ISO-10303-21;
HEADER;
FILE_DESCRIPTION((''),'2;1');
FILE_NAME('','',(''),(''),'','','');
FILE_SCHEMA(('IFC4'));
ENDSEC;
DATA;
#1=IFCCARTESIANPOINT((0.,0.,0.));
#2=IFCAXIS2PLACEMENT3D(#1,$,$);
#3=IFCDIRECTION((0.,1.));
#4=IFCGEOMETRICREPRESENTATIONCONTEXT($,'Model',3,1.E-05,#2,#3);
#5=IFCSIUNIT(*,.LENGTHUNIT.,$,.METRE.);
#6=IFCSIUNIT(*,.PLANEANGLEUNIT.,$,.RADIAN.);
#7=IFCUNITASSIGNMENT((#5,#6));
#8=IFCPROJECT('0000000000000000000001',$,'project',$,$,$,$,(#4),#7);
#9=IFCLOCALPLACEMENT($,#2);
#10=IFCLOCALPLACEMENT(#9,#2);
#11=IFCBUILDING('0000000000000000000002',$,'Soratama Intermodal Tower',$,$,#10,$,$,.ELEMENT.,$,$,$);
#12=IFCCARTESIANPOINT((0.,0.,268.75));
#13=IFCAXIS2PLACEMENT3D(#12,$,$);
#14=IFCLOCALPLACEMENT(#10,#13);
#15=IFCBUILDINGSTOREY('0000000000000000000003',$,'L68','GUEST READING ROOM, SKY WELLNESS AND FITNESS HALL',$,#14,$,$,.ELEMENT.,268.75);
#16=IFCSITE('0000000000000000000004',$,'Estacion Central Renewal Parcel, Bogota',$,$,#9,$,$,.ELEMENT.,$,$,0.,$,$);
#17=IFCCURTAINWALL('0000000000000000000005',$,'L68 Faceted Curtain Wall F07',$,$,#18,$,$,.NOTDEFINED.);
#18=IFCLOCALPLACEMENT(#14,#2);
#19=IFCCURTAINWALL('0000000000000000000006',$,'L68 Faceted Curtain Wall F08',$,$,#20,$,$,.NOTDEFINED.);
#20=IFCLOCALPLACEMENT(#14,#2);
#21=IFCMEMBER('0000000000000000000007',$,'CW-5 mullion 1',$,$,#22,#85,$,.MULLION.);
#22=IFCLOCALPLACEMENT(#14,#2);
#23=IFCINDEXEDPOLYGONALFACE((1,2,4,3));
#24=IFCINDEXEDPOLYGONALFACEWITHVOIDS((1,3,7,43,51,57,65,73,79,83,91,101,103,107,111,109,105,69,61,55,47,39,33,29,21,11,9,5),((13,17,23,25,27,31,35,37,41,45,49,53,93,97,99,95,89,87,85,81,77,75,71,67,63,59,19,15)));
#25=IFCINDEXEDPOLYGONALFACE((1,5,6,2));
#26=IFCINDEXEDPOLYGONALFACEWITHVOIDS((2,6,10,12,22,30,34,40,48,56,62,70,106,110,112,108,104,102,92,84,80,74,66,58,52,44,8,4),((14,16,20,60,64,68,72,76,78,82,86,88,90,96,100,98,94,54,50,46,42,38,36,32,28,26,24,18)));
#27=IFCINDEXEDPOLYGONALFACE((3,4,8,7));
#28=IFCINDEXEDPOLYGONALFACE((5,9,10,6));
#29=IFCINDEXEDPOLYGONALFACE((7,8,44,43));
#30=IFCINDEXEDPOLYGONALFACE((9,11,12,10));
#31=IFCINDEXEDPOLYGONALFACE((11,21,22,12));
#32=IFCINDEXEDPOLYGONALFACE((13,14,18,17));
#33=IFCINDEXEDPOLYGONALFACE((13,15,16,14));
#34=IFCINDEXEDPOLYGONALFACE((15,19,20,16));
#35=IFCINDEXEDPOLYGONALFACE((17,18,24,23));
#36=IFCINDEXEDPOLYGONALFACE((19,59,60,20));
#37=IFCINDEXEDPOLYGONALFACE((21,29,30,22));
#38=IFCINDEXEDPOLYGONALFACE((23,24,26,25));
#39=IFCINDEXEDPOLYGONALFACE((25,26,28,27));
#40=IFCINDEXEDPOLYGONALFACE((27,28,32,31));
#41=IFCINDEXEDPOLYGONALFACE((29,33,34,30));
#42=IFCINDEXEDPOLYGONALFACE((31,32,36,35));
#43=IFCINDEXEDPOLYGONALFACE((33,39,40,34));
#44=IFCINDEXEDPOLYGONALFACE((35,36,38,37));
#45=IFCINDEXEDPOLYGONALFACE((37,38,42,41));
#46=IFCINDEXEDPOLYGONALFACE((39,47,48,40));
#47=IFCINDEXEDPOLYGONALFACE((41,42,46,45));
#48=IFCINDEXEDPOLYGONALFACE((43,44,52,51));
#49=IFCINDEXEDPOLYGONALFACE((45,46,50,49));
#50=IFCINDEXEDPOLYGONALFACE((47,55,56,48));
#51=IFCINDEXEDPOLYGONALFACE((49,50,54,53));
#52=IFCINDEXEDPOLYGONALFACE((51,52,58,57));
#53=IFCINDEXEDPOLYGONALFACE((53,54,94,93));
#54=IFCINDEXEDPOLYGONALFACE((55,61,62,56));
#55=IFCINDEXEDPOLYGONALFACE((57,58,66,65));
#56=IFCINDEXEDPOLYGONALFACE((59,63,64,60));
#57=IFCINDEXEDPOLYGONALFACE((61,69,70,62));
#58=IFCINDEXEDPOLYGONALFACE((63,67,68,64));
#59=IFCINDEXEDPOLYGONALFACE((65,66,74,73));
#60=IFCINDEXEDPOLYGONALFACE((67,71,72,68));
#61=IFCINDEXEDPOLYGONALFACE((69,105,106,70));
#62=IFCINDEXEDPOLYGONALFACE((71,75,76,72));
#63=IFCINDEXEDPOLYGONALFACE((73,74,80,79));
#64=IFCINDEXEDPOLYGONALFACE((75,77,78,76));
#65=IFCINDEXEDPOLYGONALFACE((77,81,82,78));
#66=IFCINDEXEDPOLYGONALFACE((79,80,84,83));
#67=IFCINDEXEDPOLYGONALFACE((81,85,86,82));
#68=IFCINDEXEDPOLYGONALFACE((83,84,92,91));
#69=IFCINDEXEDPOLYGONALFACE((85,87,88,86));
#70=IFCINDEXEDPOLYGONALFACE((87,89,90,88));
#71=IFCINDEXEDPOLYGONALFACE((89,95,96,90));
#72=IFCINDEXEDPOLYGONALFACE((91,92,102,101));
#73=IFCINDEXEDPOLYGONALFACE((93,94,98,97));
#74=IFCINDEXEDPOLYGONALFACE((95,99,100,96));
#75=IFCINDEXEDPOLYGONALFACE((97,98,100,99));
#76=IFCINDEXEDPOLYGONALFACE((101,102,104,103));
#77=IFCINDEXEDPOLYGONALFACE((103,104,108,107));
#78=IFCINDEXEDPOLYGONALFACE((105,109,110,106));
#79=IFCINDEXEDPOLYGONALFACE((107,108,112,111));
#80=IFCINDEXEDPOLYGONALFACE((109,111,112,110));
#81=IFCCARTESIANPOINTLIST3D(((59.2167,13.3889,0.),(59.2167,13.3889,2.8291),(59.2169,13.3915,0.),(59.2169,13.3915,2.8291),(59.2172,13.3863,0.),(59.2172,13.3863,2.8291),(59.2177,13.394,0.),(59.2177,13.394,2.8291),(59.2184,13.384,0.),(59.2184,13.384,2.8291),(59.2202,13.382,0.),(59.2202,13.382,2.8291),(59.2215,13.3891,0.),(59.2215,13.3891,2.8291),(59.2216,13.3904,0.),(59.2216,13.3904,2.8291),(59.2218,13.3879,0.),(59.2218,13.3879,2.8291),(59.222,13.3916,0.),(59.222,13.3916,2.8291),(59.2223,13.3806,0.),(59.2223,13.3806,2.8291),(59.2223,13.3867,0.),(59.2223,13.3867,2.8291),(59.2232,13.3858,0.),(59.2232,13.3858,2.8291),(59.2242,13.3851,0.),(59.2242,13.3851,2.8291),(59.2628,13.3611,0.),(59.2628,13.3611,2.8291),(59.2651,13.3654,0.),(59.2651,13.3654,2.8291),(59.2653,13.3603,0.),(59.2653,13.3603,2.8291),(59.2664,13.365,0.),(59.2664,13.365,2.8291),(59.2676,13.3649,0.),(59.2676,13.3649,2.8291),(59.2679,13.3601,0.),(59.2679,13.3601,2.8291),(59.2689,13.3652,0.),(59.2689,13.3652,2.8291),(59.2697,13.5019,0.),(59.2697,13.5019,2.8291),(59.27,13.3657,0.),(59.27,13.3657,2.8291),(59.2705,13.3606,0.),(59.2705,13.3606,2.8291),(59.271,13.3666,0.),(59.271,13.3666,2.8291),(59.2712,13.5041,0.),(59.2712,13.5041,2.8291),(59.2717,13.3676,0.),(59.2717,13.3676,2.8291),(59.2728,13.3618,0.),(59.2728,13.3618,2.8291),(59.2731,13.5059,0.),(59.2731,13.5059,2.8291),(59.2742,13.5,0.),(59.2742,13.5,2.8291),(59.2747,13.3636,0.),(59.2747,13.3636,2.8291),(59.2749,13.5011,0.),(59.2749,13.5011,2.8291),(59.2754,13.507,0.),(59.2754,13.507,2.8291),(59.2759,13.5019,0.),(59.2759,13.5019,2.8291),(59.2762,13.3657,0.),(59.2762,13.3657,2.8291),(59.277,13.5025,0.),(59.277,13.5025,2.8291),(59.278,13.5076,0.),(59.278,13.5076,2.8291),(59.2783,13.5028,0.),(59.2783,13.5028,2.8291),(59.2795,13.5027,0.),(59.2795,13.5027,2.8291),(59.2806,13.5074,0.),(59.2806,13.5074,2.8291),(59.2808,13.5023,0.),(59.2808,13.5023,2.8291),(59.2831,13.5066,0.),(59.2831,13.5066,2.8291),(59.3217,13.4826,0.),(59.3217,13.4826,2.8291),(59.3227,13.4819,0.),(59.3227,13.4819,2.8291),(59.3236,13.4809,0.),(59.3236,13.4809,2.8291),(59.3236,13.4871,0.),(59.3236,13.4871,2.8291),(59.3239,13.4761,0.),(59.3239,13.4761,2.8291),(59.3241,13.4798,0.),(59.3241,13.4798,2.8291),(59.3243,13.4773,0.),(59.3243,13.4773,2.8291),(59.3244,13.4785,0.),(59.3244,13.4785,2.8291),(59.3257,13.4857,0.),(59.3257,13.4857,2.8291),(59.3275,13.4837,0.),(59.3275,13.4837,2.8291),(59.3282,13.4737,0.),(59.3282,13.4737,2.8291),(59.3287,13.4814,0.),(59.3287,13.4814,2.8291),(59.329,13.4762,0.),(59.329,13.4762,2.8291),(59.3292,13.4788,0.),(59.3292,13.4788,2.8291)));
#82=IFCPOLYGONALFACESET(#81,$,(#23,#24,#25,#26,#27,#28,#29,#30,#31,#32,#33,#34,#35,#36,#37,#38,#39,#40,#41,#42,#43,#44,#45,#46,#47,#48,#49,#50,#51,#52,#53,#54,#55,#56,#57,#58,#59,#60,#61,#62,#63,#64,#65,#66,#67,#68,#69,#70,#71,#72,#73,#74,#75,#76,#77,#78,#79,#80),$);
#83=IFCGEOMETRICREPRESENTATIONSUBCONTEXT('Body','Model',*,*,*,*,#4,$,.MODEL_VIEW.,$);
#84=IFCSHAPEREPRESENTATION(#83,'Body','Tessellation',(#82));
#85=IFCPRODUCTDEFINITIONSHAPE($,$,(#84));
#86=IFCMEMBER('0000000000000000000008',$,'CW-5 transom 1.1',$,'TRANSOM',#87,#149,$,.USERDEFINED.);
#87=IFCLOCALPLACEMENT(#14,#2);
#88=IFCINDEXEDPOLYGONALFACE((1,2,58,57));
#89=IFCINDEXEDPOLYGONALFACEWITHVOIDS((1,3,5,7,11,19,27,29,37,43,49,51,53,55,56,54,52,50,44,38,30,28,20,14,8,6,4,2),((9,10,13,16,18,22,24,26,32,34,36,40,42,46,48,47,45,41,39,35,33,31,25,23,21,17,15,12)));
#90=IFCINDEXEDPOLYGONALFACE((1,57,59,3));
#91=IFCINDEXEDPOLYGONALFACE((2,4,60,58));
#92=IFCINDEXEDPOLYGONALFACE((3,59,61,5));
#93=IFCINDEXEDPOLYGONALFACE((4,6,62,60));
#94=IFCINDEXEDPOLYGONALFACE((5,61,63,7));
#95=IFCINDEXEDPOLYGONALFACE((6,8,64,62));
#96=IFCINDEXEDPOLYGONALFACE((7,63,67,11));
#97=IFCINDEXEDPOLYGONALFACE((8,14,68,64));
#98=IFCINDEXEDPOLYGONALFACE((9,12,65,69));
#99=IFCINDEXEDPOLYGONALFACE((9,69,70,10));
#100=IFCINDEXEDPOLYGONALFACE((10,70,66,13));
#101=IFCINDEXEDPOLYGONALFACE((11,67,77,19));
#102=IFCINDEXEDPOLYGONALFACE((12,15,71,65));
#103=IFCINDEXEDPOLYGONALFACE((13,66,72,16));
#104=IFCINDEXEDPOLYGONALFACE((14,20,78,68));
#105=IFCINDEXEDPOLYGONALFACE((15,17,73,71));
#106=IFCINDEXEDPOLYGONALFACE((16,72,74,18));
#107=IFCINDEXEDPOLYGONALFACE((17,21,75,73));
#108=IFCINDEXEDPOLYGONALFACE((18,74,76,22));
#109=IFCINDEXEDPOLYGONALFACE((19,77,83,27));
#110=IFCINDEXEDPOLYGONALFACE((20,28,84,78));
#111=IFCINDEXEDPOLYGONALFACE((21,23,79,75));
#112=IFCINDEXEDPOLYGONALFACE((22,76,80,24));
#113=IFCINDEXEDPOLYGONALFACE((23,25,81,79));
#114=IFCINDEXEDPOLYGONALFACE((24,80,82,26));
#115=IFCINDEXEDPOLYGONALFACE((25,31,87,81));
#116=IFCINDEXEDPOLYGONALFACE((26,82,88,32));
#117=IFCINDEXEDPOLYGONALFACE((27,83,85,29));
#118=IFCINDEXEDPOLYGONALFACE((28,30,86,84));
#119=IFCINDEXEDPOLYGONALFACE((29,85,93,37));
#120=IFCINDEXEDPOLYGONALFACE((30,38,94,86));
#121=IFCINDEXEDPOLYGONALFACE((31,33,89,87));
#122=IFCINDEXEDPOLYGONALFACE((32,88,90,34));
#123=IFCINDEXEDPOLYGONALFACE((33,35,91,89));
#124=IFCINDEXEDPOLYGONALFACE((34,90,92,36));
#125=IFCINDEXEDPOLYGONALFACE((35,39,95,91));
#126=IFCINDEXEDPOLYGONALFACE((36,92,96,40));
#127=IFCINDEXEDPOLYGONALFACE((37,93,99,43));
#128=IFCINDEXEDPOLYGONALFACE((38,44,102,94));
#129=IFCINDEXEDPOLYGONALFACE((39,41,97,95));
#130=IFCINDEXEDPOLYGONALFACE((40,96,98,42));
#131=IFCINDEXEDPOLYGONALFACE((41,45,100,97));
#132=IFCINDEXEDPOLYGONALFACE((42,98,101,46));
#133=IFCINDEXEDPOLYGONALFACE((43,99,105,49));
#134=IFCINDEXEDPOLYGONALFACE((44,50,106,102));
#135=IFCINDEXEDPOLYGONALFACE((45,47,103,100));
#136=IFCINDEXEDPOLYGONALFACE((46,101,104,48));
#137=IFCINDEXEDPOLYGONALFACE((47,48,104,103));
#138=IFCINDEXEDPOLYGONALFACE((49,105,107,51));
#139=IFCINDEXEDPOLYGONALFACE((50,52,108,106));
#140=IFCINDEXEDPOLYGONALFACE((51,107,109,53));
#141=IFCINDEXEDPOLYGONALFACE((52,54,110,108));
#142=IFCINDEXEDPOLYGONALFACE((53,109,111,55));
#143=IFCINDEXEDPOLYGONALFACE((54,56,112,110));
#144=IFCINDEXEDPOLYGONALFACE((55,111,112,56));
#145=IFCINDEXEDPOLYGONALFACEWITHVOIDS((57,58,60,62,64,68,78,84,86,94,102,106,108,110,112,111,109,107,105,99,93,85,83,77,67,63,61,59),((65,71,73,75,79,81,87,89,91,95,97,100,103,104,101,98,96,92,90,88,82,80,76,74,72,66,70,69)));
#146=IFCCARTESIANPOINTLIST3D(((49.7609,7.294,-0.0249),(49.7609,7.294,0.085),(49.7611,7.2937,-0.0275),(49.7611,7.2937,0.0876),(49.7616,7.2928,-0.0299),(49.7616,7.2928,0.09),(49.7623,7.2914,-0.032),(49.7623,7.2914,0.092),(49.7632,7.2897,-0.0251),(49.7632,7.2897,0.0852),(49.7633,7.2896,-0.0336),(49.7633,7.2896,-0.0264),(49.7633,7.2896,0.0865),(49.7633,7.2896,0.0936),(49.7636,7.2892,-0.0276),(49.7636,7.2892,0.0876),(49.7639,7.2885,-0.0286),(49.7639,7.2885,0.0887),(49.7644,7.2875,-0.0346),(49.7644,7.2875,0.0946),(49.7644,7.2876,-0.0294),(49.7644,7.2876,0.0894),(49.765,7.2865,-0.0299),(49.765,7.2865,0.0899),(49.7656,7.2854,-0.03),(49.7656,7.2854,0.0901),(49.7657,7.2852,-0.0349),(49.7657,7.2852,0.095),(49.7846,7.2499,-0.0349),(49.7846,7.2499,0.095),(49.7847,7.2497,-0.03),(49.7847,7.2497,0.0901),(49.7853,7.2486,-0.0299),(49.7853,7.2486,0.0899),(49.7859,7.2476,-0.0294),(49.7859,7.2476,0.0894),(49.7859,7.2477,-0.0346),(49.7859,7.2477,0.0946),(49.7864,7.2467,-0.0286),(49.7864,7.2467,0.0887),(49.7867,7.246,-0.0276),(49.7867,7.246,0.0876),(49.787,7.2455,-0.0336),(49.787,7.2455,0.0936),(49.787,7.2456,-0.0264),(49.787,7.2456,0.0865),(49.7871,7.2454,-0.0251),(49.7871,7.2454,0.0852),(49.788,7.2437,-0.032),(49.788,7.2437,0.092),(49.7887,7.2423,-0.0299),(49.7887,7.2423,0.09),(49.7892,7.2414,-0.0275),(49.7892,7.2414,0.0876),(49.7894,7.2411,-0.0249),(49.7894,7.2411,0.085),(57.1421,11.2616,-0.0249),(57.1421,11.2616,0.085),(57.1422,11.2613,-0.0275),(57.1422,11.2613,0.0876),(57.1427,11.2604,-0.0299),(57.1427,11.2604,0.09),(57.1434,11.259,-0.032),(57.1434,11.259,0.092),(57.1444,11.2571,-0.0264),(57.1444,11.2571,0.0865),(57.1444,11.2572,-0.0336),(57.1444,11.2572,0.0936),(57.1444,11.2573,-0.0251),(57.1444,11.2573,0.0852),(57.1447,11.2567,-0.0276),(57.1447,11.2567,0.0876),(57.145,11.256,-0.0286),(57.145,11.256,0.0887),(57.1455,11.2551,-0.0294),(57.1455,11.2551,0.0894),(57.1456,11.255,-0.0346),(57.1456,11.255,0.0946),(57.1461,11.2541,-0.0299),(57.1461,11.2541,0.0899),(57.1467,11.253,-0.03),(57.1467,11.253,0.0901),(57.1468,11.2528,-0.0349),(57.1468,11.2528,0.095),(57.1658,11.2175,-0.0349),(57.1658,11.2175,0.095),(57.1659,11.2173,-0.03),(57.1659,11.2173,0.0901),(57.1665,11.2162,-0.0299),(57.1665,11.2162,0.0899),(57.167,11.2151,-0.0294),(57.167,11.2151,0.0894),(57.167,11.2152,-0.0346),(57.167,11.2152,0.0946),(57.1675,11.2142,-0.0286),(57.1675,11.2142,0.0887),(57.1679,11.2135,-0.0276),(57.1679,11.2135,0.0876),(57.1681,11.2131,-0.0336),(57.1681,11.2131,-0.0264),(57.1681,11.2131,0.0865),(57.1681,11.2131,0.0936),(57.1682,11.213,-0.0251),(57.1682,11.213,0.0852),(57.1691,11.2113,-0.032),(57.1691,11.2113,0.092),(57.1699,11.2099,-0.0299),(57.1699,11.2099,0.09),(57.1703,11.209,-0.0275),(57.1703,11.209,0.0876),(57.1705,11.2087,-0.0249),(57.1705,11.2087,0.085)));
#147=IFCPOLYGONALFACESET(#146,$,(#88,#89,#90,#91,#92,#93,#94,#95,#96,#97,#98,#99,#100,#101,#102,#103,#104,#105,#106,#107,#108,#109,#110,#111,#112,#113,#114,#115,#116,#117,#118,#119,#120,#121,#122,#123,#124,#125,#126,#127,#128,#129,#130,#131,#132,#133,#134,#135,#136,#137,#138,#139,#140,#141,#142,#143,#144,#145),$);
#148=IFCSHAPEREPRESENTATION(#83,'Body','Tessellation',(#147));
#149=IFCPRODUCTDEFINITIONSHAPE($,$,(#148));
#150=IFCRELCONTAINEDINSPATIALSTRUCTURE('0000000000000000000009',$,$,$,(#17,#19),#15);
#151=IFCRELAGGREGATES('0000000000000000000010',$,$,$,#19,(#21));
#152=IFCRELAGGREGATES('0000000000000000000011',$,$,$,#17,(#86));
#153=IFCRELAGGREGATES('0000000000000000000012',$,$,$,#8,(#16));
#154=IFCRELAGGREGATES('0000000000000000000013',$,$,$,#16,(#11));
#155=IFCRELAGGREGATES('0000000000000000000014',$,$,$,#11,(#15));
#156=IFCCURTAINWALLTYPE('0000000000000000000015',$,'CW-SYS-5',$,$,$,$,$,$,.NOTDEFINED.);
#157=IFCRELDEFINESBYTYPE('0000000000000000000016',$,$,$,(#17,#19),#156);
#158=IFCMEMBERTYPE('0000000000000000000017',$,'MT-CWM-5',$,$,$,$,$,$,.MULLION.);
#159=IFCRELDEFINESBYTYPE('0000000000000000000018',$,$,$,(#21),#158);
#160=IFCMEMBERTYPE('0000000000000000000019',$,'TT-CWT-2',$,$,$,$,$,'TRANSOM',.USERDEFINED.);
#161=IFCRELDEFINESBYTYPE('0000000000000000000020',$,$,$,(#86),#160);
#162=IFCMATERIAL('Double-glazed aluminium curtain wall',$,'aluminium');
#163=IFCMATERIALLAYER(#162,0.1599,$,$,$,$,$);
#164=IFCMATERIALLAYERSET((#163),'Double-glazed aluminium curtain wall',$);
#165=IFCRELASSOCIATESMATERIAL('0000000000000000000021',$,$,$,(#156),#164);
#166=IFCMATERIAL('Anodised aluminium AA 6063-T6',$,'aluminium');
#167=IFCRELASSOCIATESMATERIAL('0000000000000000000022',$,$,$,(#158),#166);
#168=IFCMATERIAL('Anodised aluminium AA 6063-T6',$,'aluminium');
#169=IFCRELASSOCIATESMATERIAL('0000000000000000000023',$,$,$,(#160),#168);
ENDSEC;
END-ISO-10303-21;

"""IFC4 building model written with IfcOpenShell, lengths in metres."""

from ifc_helpers import new_model, si_unit, direction, frame, origin, origin_2d, place, context, subcontext, project, spatial, hollow_rectangle, extrude, material, layer, layer_set, material_profile, profile_set, type_object, element, aggregate, save


model = new_model("IFC4")

# Units and contexts
model_context = context("Model", 3, precision=1e-05, world=origin(), true_north=direction((0.0, 1.0)))
body_context = subcontext(model_context, "Body", "Model", "MODEL_VIEW")
ifc_project = project(units=[si_unit("LENGTHUNIT", "METRE"), si_unit("PLANEANGLEUNIT", "RADIAN")], contexts=[model_context])

# Site, building, storey
site_placement = place(None, origin())
site = spatial("IfcSite", under=ifc_project, at=site_placement, Name="Estacion Central Renewal Parcel, Bogota", CompositionType="ELEMENT", RefElevation=0.0)
building_placement = place(site_placement, origin())
building = spatial("IfcBuilding", under=site, at=building_placement, Name="Soratama Intermodal Tower", CompositionType="ELEMENT")
storey_placement = place(building_placement, frame((0.0, 0.0, 268.75)))
storey = spatial("IfcBuildingStorey", under=building, at=storey_placement, Name="L68", Description="GUEST READING ROOM, SKY WELLNESS AND FITNESS HALL", CompositionType="ELEMENT", Elevation=268.75)

# Curtain wall
ifc_material_1 = material(Name="Double-glazed aluminium curtain wall", Category="aluminium")
ifc_layer_1 = layer(ifc_material_1, 0.1599)
ifc_layer_set_1 = layer_set([ifc_layer_1], Name="Double-glazed aluminium curtain wall")
curtain_wall_type = type_object("IfcCurtainWallType", Name="CW-SYS-5", PredefinedType="NOTDEFINED", material=ifc_layer_set_1)
curtain_wall_1_placement = place(storey_placement, origin())
curtain_wall_1 = element("IfcCurtainWall", 1, at=curtain_wall_1_placement, inside=storey, type_object=curtain_wall_type, Name="L68 Faceted Curtain Wall F07", PredefinedType="NOTDEFINED")
ifc_material_2 = material(Name="Anodised aluminium AA 6063-T6", Category="aluminium")
ifc_material_profile_1 = material_profile(ifc_material_2, hollow_rectangle(XDim=0.0649, YDim=0.1399, WallThickness=0.0049, InnerFilletRadius=0.0049, OuterFilletRadius=0.01, at=origin_2d()), Name="CWM140X65X5")
ifc_profile_set_1 = profile_set([ifc_material_profile_1], Name="Anodised aluminium AA 6063-T6")
member_type_1 = type_object("IfcMemberType", Name="MT-CWM-5", PredefinedType="MULLION", material=ifc_profile_set_1)

# Curtain wall, member
curtain_wall_2_placement = place(storey_placement, origin())
curtain_wall_2 = element("IfcCurtainWall", 2, at=curtain_wall_2_placement, inside=storey, type_object=curtain_wall_type, Name="L68 Faceted Curtain Wall F08", PredefinedType="NOTDEFINED")
member_1_placement = place(storey_placement, frame((59.2729, 13.4338, 0.0), z_axis=(0.0, 0.0, 1.0), x_axis=(-0.900772, 0.434292, 0.0)))
member_1 = element("IfcMember", 3, at=member_1_placement, type_object=member_type_1, Name="CW-5 mullion 1", PredefinedType="MULLION", context=body_context, shape_type="SweptSolid", body=[
    extrude(hollow_rectangle(XDim=0.0649, YDim=0.1399, WallThickness=0.0049, InnerFilletRadius=0.0049, OuterFilletRadius=0.01, at=origin_2d()), origin(), (0.0, 0.0, 1.0), 2.8291),
])
aggregate(curtain_wall_2, [member_1])

# Member
ifc_material_3 = material(Name="Anodised aluminium AA 6063-T6", Category="aluminium")
ifc_material_profile_2 = material_profile(ifc_material_3, hollow_rectangle(XDim=0.0601, YDim=0.1299, WallThickness=0.0049, InnerFilletRadius=0.0049, OuterFilletRadius=0.01, at=origin_2d()), Name="CWT130X60X5")
ifc_profile_set_2 = profile_set([ifc_material_profile_2], Name="Anodised aluminium AA 6063-T6")
member_type_2 = type_object("IfcMemberType", Name="TT-CWT-2", ElementType="TRANSOM", PredefinedType="USERDEFINED", material=ifc_profile_set_2)
member_2_placement = place(storey_placement, frame((49.7751, 7.2676, 0.03), z_axis=(0.880815, 0.47346, 0.0), x_axis=(-0.47346, 0.880815, 0.0)))
member_2 = element("IfcMember", 4, at=member_2_placement, type_object=member_type_2, Name="CW-5 transom 1.1", ObjectType="TRANSOM", PredefinedType="USERDEFINED", context=body_context, shape_type="SweptSolid", body=[
    extrude(hollow_rectangle(XDim=0.0601, YDim=0.1299, WallThickness=0.0049, InnerFilletRadius=0.0049, OuterFilletRadius=0.01, at=origin_2d()), origin(), (0.0, 0.0, 1.0), 8.3799),
])

aggregate(curtain_wall_1, [member_2])

save(model, "model.ifc")
